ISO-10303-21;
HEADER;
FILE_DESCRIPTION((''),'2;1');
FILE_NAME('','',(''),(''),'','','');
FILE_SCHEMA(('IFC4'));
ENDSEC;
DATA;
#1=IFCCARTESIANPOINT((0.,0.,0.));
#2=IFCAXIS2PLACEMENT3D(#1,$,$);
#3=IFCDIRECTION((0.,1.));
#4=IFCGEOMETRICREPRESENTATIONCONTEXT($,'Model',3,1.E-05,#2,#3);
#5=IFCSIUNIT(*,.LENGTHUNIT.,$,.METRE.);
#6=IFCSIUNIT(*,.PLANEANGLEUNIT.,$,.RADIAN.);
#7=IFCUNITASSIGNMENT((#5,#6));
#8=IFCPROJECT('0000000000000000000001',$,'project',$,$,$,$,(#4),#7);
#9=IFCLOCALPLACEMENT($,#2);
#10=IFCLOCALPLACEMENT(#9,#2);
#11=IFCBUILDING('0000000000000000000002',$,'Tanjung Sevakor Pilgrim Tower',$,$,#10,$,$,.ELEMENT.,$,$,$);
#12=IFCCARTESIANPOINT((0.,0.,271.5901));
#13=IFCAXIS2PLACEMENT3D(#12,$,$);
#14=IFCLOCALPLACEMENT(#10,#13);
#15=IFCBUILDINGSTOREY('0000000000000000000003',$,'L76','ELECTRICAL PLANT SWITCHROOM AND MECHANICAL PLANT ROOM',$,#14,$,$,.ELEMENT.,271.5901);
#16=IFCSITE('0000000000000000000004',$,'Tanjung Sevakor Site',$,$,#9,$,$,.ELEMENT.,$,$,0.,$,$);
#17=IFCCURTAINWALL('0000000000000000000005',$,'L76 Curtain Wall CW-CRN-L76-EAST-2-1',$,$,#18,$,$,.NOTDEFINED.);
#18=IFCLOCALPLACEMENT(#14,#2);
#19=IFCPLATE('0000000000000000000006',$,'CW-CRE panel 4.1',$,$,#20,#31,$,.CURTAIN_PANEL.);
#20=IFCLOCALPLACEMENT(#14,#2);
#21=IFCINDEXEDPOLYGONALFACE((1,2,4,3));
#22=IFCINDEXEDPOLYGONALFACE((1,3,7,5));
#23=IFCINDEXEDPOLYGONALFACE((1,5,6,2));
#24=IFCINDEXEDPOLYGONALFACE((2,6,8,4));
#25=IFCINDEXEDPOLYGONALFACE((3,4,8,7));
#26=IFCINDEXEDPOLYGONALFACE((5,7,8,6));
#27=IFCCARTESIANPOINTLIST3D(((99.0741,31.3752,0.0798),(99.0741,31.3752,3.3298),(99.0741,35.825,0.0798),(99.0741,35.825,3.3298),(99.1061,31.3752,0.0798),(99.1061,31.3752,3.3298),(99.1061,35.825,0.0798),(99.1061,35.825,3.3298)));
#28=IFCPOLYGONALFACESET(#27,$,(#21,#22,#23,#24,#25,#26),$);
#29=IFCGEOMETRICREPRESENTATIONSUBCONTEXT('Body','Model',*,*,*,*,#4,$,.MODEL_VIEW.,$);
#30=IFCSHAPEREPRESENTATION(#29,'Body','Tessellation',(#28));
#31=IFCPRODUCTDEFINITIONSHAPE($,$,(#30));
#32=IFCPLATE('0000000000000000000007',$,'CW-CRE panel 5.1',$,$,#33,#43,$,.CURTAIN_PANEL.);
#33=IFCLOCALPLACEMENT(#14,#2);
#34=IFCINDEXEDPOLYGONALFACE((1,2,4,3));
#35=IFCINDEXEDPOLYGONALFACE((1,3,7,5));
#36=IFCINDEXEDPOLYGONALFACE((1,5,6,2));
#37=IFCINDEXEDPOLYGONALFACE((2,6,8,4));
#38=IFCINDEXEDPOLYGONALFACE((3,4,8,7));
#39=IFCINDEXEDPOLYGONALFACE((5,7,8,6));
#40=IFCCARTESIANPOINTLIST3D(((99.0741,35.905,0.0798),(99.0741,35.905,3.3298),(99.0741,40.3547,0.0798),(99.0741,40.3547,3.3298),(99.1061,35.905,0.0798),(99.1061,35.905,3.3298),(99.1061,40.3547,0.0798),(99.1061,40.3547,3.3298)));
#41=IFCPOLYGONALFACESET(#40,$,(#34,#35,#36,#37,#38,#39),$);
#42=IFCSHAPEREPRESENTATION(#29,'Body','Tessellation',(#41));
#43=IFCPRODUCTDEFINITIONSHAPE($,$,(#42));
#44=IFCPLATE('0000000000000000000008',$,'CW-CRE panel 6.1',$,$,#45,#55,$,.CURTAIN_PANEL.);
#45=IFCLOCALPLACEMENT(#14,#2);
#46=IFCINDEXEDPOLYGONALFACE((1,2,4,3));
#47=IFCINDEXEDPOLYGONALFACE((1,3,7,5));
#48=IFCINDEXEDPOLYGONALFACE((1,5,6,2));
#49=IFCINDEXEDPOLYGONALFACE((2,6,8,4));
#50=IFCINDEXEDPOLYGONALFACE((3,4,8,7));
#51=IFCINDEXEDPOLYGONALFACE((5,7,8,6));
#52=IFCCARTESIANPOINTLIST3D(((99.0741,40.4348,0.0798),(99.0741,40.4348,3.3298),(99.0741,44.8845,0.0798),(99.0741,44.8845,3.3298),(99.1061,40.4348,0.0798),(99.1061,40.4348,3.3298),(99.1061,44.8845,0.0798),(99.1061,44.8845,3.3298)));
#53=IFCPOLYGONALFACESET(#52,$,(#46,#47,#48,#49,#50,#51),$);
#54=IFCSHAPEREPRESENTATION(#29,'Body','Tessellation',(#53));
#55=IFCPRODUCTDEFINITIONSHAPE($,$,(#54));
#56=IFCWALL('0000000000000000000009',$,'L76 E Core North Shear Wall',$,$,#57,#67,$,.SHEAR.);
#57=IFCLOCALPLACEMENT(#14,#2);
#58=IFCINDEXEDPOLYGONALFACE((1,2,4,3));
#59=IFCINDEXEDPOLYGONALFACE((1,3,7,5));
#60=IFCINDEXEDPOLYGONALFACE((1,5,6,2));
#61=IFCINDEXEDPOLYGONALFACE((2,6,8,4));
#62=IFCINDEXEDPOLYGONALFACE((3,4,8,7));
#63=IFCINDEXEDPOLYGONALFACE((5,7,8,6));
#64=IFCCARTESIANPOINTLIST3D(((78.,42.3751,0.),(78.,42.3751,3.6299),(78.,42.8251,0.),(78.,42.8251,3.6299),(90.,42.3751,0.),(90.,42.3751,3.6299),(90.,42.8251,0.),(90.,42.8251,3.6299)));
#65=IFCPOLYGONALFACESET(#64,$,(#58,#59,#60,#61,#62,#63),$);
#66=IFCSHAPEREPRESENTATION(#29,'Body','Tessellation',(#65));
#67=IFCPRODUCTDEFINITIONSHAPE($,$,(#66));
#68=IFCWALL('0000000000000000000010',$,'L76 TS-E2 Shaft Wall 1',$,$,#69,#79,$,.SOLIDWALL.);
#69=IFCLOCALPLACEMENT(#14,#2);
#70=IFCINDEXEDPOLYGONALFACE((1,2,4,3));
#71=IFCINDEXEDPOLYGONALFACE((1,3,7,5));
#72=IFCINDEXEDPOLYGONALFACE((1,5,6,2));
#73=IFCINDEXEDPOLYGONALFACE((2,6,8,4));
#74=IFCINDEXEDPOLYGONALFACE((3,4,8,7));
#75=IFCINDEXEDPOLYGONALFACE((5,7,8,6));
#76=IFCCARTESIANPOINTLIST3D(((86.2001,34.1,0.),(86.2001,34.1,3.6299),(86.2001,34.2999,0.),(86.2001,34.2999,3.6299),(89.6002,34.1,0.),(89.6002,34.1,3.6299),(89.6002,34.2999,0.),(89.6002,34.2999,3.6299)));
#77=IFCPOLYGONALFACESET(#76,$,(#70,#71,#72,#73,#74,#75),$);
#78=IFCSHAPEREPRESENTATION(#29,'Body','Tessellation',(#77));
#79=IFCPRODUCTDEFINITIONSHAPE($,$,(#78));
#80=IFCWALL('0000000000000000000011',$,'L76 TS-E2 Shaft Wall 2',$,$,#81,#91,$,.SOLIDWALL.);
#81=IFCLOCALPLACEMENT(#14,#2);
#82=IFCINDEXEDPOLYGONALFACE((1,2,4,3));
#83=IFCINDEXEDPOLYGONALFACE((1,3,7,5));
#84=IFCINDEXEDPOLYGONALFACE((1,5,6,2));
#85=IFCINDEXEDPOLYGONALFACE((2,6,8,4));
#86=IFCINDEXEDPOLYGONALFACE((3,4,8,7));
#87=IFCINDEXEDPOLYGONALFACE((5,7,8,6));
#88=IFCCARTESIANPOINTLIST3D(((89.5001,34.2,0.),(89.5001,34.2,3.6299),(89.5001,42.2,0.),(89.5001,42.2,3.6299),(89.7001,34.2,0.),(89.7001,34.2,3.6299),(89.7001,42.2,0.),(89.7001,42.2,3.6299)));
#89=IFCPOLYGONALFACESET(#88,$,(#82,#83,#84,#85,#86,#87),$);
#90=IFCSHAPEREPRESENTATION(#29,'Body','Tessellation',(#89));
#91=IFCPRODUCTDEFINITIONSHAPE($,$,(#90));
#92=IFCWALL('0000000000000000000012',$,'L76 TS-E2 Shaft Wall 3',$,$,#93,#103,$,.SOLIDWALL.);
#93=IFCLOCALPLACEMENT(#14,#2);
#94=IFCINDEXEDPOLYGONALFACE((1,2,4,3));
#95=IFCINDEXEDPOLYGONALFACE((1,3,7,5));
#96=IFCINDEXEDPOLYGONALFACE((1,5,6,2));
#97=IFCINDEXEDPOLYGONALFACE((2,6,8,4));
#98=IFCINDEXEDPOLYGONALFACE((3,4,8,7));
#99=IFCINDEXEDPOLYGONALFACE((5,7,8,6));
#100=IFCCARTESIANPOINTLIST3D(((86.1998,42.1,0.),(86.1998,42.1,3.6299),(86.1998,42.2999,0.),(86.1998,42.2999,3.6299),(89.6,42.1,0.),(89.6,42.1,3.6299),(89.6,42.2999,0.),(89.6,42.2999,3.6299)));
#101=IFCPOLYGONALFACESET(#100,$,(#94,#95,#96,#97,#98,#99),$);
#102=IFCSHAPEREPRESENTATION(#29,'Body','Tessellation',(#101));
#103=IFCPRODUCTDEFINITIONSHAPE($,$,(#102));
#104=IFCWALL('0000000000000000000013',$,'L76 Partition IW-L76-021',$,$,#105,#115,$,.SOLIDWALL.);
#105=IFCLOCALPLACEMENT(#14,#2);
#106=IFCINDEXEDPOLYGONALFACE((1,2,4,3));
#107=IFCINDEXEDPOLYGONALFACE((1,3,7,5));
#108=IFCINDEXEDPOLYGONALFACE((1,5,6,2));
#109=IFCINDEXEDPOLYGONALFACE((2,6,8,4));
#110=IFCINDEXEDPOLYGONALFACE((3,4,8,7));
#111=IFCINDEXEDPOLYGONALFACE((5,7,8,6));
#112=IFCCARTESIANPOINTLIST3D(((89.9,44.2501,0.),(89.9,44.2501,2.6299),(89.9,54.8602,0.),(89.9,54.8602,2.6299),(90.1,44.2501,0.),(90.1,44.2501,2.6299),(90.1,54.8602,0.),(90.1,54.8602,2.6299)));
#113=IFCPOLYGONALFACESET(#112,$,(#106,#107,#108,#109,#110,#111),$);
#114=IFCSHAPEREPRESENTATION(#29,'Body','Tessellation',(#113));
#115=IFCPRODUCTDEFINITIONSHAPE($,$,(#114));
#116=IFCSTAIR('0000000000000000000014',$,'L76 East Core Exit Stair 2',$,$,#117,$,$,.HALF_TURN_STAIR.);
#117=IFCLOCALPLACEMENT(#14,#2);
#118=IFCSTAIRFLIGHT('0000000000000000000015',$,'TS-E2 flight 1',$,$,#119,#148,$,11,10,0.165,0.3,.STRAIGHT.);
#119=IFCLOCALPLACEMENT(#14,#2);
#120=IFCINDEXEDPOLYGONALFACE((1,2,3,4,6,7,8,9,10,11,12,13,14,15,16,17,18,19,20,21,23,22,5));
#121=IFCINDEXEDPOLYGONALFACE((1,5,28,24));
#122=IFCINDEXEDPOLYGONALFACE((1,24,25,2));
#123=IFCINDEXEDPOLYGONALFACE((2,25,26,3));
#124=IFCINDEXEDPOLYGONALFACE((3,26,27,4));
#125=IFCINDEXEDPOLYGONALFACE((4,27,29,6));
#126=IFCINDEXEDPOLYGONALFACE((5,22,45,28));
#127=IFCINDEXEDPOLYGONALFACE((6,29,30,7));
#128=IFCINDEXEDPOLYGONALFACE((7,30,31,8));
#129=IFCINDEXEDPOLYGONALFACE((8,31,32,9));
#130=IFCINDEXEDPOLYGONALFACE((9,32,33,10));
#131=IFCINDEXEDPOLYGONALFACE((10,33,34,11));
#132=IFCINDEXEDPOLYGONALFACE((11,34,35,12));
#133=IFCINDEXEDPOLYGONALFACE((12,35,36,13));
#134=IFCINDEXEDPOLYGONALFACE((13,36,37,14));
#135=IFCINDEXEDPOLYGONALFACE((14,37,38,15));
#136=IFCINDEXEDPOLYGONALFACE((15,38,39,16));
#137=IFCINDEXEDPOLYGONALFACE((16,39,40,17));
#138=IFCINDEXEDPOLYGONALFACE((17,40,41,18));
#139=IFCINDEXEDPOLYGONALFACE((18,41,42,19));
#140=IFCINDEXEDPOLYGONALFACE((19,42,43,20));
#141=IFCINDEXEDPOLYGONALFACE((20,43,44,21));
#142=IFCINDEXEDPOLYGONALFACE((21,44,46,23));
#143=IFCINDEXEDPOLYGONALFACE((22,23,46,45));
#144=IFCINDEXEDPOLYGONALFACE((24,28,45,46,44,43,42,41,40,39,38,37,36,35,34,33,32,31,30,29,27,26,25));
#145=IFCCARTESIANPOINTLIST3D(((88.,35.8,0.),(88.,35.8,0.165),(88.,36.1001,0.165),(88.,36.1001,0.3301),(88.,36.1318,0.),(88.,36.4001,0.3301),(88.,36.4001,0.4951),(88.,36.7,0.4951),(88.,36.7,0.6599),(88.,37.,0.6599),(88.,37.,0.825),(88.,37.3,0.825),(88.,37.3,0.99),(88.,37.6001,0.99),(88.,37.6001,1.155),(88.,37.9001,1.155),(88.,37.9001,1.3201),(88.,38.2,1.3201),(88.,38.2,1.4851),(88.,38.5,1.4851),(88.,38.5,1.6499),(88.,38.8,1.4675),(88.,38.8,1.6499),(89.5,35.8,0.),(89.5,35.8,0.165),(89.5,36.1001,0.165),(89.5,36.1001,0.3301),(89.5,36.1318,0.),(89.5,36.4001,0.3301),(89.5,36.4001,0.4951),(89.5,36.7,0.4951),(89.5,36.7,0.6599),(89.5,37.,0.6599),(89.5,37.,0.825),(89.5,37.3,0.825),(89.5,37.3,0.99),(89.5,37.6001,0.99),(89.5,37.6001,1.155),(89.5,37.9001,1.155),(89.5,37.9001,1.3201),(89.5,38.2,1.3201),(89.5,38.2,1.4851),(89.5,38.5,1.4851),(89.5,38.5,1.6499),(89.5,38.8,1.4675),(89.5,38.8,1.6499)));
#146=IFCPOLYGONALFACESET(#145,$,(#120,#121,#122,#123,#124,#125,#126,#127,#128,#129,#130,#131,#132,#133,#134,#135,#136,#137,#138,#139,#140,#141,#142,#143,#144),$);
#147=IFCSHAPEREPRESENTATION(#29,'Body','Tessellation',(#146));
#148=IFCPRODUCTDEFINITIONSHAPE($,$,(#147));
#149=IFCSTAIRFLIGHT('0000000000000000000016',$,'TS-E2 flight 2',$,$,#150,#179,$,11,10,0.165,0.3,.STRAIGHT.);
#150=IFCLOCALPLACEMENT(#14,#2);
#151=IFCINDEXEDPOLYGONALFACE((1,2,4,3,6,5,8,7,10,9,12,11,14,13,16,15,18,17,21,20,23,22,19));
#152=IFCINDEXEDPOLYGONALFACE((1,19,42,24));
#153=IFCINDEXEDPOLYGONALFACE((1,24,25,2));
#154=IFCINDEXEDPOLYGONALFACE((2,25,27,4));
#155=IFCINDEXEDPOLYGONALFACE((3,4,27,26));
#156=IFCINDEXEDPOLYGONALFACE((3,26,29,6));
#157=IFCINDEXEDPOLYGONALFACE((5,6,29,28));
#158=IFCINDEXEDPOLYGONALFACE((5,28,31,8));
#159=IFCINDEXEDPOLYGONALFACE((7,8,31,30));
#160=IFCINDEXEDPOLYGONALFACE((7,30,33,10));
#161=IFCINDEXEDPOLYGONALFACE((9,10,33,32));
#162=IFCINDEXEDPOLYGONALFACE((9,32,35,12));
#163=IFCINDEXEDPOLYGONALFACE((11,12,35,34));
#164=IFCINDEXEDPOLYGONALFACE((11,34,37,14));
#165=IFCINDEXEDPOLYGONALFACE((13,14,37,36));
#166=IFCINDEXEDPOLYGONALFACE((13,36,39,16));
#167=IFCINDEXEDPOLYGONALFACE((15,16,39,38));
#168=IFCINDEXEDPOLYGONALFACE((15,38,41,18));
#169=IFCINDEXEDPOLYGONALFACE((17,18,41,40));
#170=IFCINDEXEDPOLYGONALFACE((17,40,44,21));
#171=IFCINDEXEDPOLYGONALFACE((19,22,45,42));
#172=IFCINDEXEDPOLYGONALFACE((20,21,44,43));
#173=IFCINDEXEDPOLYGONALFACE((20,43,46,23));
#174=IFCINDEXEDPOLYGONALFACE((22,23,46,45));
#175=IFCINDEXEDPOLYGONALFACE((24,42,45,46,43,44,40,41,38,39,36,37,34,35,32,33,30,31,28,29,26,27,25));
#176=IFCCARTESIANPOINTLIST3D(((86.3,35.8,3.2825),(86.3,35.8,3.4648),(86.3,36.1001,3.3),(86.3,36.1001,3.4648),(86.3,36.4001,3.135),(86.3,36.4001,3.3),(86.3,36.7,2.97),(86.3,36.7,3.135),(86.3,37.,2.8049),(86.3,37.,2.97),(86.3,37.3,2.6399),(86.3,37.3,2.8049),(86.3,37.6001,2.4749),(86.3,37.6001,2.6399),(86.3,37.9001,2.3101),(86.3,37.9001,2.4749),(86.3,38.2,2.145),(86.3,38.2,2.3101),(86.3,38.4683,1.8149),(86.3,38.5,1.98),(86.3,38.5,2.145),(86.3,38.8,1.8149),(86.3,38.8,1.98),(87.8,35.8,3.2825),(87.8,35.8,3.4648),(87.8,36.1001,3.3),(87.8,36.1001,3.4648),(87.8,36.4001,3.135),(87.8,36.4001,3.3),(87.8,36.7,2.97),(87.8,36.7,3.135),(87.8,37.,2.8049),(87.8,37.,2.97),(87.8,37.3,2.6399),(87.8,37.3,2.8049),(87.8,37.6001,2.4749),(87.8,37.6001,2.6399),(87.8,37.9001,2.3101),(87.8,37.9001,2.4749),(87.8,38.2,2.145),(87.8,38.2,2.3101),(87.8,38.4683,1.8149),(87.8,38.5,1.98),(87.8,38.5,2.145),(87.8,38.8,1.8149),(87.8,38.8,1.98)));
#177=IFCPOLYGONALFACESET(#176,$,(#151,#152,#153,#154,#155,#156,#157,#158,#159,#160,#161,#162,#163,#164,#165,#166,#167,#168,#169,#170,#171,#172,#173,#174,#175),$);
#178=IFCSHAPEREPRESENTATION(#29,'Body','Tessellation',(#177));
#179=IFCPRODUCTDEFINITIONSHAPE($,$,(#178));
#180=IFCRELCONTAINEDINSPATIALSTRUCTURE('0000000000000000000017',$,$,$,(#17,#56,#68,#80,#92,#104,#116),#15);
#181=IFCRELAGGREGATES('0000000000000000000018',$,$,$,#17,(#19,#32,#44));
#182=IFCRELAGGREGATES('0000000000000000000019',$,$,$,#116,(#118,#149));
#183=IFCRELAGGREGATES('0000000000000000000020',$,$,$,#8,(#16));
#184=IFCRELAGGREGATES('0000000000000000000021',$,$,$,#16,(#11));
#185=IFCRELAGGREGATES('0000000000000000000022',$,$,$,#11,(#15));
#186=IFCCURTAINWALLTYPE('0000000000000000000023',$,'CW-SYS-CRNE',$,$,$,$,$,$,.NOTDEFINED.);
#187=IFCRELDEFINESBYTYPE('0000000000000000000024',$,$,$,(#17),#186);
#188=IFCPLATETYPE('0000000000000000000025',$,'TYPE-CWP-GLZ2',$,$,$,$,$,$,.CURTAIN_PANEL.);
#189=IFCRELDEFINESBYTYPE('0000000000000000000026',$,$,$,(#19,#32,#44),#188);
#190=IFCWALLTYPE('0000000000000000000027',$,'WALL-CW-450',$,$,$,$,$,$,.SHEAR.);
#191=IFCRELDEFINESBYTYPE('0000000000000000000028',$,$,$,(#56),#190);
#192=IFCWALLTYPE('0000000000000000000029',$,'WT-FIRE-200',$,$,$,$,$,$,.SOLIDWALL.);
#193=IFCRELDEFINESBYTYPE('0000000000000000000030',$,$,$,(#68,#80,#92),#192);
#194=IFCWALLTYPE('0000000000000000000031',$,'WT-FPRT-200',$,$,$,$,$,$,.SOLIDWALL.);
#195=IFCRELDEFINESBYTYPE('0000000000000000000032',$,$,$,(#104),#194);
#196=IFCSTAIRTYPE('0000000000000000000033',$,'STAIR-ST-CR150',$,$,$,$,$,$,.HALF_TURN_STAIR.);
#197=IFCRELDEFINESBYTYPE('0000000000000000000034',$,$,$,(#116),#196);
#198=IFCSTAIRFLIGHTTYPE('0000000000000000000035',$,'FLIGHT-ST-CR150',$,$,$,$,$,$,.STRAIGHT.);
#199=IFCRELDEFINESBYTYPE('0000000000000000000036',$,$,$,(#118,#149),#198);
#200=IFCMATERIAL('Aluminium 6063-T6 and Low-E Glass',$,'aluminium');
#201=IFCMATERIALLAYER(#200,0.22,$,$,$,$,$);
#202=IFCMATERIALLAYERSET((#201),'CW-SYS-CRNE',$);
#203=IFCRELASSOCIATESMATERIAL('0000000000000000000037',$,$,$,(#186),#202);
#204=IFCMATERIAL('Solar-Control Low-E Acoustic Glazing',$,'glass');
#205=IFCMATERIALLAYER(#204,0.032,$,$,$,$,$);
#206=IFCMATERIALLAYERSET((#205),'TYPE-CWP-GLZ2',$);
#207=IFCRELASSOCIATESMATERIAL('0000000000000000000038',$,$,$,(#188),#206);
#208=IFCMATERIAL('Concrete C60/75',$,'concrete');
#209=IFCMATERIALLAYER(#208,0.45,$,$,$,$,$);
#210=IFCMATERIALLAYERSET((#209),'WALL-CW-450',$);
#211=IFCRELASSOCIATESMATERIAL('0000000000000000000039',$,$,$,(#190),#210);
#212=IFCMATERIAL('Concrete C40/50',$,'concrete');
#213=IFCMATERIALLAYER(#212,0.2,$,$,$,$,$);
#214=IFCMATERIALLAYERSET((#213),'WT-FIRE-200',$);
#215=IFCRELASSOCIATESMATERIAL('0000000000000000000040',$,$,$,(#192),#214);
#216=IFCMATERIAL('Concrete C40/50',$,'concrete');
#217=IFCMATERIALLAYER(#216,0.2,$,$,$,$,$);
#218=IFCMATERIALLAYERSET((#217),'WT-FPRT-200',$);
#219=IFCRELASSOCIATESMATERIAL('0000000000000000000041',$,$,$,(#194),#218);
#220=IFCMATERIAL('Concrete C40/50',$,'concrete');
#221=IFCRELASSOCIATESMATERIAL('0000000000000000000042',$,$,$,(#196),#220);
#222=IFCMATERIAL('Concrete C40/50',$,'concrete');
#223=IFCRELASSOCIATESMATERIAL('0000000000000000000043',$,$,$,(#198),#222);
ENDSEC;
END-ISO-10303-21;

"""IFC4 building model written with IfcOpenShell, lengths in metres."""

from ifc_helpers import new_model, si_unit, direction, frame, frame_2d, origin, origin_2d, place, context, subcontext, project, spatial, polyline, rectangle, outline, extrude, material, layer, layer_set, type_object, element, aggregate, save


model = new_model("IFC4")

# Units and contexts
model_context = context("Model", 3, precision=1e-05, world=origin(), true_north=direction((0.0, 1.0)))
body_context = subcontext(model_context, "Body", "Model", "MODEL_VIEW")
ifc_project = project(units=[si_unit("LENGTHUNIT", "METRE"), si_unit("PLANEANGLEUNIT", "RADIAN")], contexts=[model_context])

# Site, building, storey
site_placement = place(None, origin())
site = spatial("IfcSite", under=ifc_project, at=site_placement, Name="Tanjung Sevakor Site", CompositionType="ELEMENT", RefElevation=0.0)
building_placement = place(site_placement, origin())
building = spatial("IfcBuilding", under=site, at=building_placement, Name="Tanjung Sevakor Pilgrim Tower", CompositionType="ELEMENT")
storey_placement = place(building_placement, frame((0.0, 0.0, 271.5901)))
storey = spatial("IfcBuildingStorey", under=building, at=storey_placement, Name="L76", Description="ELECTRICAL PLANT SWITCHROOM AND MECHANICAL PLANT ROOM", CompositionType="ELEMENT", Elevation=271.5901)

# Curtain wall, plates
ifc_material_1 = material(Name="Aluminium 6063-T6 and Low-E Glass", Category="aluminium")
ifc_layer_1 = layer(ifc_material_1, 0.22)
ifc_layer_set_1 = layer_set([ifc_layer_1], Name="CW-SYS-CRNE")
curtain_wall_type = type_object("IfcCurtainWallType", Name="CW-SYS-CRNE", PredefinedType="NOTDEFINED", material=ifc_layer_set_1)
curtain_wall_placement = place(storey_placement, origin())
curtain_wall = element("IfcCurtainWall", 1, at=curtain_wall_placement, inside=storey, type_object=curtain_wall_type, Name="L76 Curtain Wall CW-CRN-L76-EAST-2-1", PredefinedType="NOTDEFINED")
ifc_material_2 = material(Name="Solar-Control Low-E Acoustic Glazing", Category="glass")
ifc_layer_2 = layer(ifc_material_2, 0.032)
ifc_layer_set_2 = layer_set([ifc_layer_2], Name="TYPE-CWP-GLZ2")
plate_type = type_object("IfcPlateType", Name="TYPE-CWP-GLZ2", PredefinedType="CURTAIN_PANEL", material=ifc_layer_set_2)
plate_1_placement = place(storey_placement, frame((99.0901, 33.6001, 0.0798), z_axis=(0.0, 0.0, 1.0), x_axis=(0.0, 1.0, 0.0)))
plate_1 = element("IfcPlate", 2, at=plate_1_placement, type_object=plate_type, Name="CW-CRE panel 4.1", PredefinedType="CURTAIN_PANEL", context=body_context, shape_type="SweptSolid", body=[
    extrude(rectangle(XDim=4.4497, YDim=0.032, at=origin_2d()), origin(), (0.0, 0.0, 1.0), 3.25),
])
plate_2_placement = place(storey_placement, frame((99.0901, 38.1299, 0.0798), z_axis=(0.0, 0.0, 1.0), x_axis=(0.0, 1.0, 0.0)))
plate_2 = element("IfcPlate", 3, at=plate_2_placement, type_object=plate_type, Name="CW-CRE panel 5.1", PredefinedType="CURTAIN_PANEL", context=body_context, shape_type="SweptSolid", body=[
    extrude(rectangle(XDim=4.4497, YDim=0.032, at=origin_2d()), origin(), (0.0, 0.0, 1.0), 3.25),
])
plate_3_placement = place(storey_placement, frame((99.0901, 42.6597, 0.0798), z_axis=(0.0, 0.0, 1.0), x_axis=(0.0, 1.0, 0.0)))
plate_3 = element("IfcPlate", 4, at=plate_3_placement, type_object=plate_type, Name="CW-CRE panel 6.1", PredefinedType="CURTAIN_PANEL", context=body_context, shape_type="SweptSolid", body=[
    extrude(rectangle(XDim=4.4497, YDim=0.032, at=origin_2d()), origin(), (0.0, 0.0, 1.0), 3.25),
])
aggregate(curtain_wall, [plate_1, plate_2, plate_3])

# Walls
ifc_material_3 = material(Name="Concrete C60/75", Category="concrete")
ifc_layer_3 = layer(ifc_material_3, 0.45)
ifc_layer_set_3 = layer_set([ifc_layer_3], Name="WALL-CW-450")
wall_type_1 = type_object("IfcWallType", Name="WALL-CW-450", PredefinedType="SHEAR", material=ifc_layer_set_3)
wall_1_placement = place(storey_placement, frame((90.0, 42.6001, 0.0), z_axis=(0.0, 0.0, 1.0), x_axis=(-1.0, 0.0, 0.0)))
element("IfcWall", 5, at=wall_1_placement, inside=storey, type_object=wall_type_1, Name="L76 E Core North Shear Wall", PredefinedType="SHEAR", context=body_context, shape_type="SweptSolid", body=[
    extrude(rectangle(XDim=12.0, YDim=0.45, at=frame_2d((6.0, 0.0))), origin(), (0.0, 0.0, 1.0), 3.6299),
])
ifc_material_4 = material(Name="Concrete C40/50", Category="concrete")
ifc_layer_4 = layer(ifc_material_4, 0.2)
ifc_layer_set_4 = layer_set([ifc_layer_4], Name="WT-FIRE-200")
wall_type_2 = type_object("IfcWallType", Name="WT-FIRE-200", PredefinedType="SOLIDWALL", material=ifc_layer_set_4)
wall_2_placement = place(storey_placement, frame((86.2, 34.2, 0.0), z_axis=(0.0, 0.0, 1.0), x_axis=(1.0, 0.0, 0.0)))
element("IfcWall", 6, at=wall_2_placement, inside=storey, type_object=wall_type_2, Name="L76 TS-E2 Shaft Wall 1", PredefinedType="SOLIDWALL", context=body_context, shape_type="SweptSolid", body=[
    extrude(rectangle(XDim=3.4001, YDim=0.2, at=frame_2d((1.7002, 0.0))), origin(), (0.0, 0.0, 1.0), 3.6299),
])
wall_3_placement = place(storey_placement, frame((89.6001, 34.2, 0.0), z_axis=(0.0, 0.0, 1.0), x_axis=(0.0, 1.0, 0.0)))
element("IfcWall", 7, at=wall_3_placement, inside=storey, type_object=wall_type_2, Name="L76 TS-E2 Shaft Wall 2", PredefinedType="SOLIDWALL", context=body_context, shape_type="SweptSolid", body=[
    extrude(rectangle(XDim=8.0, YDim=0.2, at=frame_2d((4.0, 0.0))), origin(), (0.0, 0.0, 1.0), 3.6299),
])
wall_4_placement = place(storey_placement, frame((89.6001, 42.2, 0.0), z_axis=(0.0, 0.0, 1.0), x_axis=(-1.0, 0.0, 0.0)))
element("IfcWall", 8, at=wall_4_placement, inside=storey, type_object=wall_type_2, Name="L76 TS-E2 Shaft Wall 3", PredefinedType="SOLIDWALL", context=body_context, shape_type="SweptSolid", body=[
    extrude(rectangle(XDim=3.4001, YDim=0.2, at=frame_2d((1.7002, 0.0))), origin(), (0.0, 0.0, 1.0), 3.6299),
])
ifc_material_5 = material(Name="Concrete C40/50", Category="concrete")
ifc_layer_5 = layer(ifc_material_5, 0.2)
ifc_layer_set_5 = layer_set([ifc_layer_5], Name="WT-FPRT-200")
wall_type_3 = type_object("IfcWallType", Name="WT-FPRT-200", PredefinedType="SOLIDWALL", material=ifc_layer_set_5)
wall_5_placement = place(storey_placement, frame((90.0, 44.25, 0.0), z_axis=(0.0, 0.0, 1.0), x_axis=(0.0, 1.0, 0.0)))
element("IfcWall", 9, at=wall_5_placement, inside=storey, type_object=wall_type_3, Name="L76 Partition IW-L76-021", PredefinedType="SOLIDWALL", context=body_context, shape_type="SweptSolid", body=[
    extrude(rectangle(XDim=10.6101, YDim=0.2, at=frame_2d((5.3052, 0.0))), origin(), (0.0, 0.0, 1.0), 2.6299),
])

# Stair, stair flights
ifc_material_6 = material(Name="Concrete C40/50", Category="concrete")
stair_type = type_object("IfcStairType", Name="STAIR-ST-CR150", PredefinedType="HALF_TURN_STAIR", material=ifc_material_6)
stair_placement = place(storey_placement, origin())
stair = element("IfcStair", 10, at=stair_placement, inside=storey, type_object=stair_type, Name="L76 East Core Exit Stair 2", PredefinedType="HALF_TURN_STAIR")
ifc_material_7 = material(Name="Concrete C40/50", Category="concrete")
stair_flight_type = type_object("IfcStairFlightType", Name="FLIGHT-ST-CR150", PredefinedType="STRAIGHT", material=ifc_material_7)
stair_flight_1_placement = place(storey_placement, frame((88.75, 35.8, 0.0), z_axis=(0.0, 0.0, 1.0), x_axis=(0.0, 1.0, 0.0)))
stair_flight_1 = element("IfcStairFlight", 11, at=stair_flight_1_placement, type_object=stair_flight_type, Name="TS-E2 flight 1", NumberOfRisers=11, NumberOfTreads=10, PredefinedType="STRAIGHT", RiserHeight=0.165, TreadLength=0.3, context=body_context, shape_type="SweptSolid", body=[
    extrude(outline(polyline([(0.0, 0.0), (0.0, 0.165), (0.3, 0.165), (0.3, 0.3301), (0.6001, 0.3301), (0.6001, 0.4951), (0.8999, 0.4951), (0.8999, 0.6599), (1.2, 0.6599), (1.2, 0.825), (1.5, 0.825), (1.5, 0.99), (1.8, 0.99), (1.8, 1.155), (2.1001, 1.155), (2.1001, 1.3201), (2.3999, 1.3201), (2.3999, 1.4851), (2.7, 1.4851), (2.7, 1.6499), (3.0, 1.6499), (3.0, 1.8149), (3.0, 1.4675), (0.3318, 0.0), (0.0, 0.0)])), frame((0.0, 0.75, 0.0), z_axis=(0.0, -1.0, 0.0), x_axis=(1.0, 0.0, 0.0)), (0.0, 0.0, 1.0), 1.5),
])
stair_flight_2_placement = place(storey_placement, frame((87.05, 38.8, 1.8149), z_axis=(0.0, 0.0, 1.0), x_axis=(0.0, -1.0, 0.0)))
stair_flight_2 = element("IfcStairFlight", 12, at=stair_flight_2_placement, type_object=stair_flight_type, Name="TS-E2 flight 2", NumberOfRisers=11, NumberOfTreads=10, PredefinedType="STRAIGHT", RiserHeight=0.165, TreadLength=0.3, context=body_context, shape_type="SweptSolid", body=[
    extrude(outline(polyline([(0.0, 0.0), (0.0, 0.165), (0.3, 0.165), (0.3, 0.3301), (0.6001, 0.3301), (0.6001, 0.4951), (0.8999, 0.4951), (0.8999, 0.6599), (1.2, 0.6599), (1.2, 0.825), (1.5, 0.825), (1.5, 0.99), (1.8, 0.99), (1.8, 1.155), (2.1001, 1.155), (2.1001, 1.3201), (2.3999, 1.3201), (2.3999, 1.4851), (2.7, 1.4851), (2.7, 1.6499), (3.0, 1.6499), (3.0, 1.8149), (3.0, 1.4675), (0.3318, 0.0), (0.0, 0.0)])), frame((0.0, 0.75, 0.0), z_axis=(0.0, -1.0, 0.0), x_axis=(1.0, 0.0, 0.0)), (0.0, 0.0, 1.0), 1.5),
])
aggregate(stair, [stair_flight_1, stair_flight_2])

save(model, "model.ifc")
